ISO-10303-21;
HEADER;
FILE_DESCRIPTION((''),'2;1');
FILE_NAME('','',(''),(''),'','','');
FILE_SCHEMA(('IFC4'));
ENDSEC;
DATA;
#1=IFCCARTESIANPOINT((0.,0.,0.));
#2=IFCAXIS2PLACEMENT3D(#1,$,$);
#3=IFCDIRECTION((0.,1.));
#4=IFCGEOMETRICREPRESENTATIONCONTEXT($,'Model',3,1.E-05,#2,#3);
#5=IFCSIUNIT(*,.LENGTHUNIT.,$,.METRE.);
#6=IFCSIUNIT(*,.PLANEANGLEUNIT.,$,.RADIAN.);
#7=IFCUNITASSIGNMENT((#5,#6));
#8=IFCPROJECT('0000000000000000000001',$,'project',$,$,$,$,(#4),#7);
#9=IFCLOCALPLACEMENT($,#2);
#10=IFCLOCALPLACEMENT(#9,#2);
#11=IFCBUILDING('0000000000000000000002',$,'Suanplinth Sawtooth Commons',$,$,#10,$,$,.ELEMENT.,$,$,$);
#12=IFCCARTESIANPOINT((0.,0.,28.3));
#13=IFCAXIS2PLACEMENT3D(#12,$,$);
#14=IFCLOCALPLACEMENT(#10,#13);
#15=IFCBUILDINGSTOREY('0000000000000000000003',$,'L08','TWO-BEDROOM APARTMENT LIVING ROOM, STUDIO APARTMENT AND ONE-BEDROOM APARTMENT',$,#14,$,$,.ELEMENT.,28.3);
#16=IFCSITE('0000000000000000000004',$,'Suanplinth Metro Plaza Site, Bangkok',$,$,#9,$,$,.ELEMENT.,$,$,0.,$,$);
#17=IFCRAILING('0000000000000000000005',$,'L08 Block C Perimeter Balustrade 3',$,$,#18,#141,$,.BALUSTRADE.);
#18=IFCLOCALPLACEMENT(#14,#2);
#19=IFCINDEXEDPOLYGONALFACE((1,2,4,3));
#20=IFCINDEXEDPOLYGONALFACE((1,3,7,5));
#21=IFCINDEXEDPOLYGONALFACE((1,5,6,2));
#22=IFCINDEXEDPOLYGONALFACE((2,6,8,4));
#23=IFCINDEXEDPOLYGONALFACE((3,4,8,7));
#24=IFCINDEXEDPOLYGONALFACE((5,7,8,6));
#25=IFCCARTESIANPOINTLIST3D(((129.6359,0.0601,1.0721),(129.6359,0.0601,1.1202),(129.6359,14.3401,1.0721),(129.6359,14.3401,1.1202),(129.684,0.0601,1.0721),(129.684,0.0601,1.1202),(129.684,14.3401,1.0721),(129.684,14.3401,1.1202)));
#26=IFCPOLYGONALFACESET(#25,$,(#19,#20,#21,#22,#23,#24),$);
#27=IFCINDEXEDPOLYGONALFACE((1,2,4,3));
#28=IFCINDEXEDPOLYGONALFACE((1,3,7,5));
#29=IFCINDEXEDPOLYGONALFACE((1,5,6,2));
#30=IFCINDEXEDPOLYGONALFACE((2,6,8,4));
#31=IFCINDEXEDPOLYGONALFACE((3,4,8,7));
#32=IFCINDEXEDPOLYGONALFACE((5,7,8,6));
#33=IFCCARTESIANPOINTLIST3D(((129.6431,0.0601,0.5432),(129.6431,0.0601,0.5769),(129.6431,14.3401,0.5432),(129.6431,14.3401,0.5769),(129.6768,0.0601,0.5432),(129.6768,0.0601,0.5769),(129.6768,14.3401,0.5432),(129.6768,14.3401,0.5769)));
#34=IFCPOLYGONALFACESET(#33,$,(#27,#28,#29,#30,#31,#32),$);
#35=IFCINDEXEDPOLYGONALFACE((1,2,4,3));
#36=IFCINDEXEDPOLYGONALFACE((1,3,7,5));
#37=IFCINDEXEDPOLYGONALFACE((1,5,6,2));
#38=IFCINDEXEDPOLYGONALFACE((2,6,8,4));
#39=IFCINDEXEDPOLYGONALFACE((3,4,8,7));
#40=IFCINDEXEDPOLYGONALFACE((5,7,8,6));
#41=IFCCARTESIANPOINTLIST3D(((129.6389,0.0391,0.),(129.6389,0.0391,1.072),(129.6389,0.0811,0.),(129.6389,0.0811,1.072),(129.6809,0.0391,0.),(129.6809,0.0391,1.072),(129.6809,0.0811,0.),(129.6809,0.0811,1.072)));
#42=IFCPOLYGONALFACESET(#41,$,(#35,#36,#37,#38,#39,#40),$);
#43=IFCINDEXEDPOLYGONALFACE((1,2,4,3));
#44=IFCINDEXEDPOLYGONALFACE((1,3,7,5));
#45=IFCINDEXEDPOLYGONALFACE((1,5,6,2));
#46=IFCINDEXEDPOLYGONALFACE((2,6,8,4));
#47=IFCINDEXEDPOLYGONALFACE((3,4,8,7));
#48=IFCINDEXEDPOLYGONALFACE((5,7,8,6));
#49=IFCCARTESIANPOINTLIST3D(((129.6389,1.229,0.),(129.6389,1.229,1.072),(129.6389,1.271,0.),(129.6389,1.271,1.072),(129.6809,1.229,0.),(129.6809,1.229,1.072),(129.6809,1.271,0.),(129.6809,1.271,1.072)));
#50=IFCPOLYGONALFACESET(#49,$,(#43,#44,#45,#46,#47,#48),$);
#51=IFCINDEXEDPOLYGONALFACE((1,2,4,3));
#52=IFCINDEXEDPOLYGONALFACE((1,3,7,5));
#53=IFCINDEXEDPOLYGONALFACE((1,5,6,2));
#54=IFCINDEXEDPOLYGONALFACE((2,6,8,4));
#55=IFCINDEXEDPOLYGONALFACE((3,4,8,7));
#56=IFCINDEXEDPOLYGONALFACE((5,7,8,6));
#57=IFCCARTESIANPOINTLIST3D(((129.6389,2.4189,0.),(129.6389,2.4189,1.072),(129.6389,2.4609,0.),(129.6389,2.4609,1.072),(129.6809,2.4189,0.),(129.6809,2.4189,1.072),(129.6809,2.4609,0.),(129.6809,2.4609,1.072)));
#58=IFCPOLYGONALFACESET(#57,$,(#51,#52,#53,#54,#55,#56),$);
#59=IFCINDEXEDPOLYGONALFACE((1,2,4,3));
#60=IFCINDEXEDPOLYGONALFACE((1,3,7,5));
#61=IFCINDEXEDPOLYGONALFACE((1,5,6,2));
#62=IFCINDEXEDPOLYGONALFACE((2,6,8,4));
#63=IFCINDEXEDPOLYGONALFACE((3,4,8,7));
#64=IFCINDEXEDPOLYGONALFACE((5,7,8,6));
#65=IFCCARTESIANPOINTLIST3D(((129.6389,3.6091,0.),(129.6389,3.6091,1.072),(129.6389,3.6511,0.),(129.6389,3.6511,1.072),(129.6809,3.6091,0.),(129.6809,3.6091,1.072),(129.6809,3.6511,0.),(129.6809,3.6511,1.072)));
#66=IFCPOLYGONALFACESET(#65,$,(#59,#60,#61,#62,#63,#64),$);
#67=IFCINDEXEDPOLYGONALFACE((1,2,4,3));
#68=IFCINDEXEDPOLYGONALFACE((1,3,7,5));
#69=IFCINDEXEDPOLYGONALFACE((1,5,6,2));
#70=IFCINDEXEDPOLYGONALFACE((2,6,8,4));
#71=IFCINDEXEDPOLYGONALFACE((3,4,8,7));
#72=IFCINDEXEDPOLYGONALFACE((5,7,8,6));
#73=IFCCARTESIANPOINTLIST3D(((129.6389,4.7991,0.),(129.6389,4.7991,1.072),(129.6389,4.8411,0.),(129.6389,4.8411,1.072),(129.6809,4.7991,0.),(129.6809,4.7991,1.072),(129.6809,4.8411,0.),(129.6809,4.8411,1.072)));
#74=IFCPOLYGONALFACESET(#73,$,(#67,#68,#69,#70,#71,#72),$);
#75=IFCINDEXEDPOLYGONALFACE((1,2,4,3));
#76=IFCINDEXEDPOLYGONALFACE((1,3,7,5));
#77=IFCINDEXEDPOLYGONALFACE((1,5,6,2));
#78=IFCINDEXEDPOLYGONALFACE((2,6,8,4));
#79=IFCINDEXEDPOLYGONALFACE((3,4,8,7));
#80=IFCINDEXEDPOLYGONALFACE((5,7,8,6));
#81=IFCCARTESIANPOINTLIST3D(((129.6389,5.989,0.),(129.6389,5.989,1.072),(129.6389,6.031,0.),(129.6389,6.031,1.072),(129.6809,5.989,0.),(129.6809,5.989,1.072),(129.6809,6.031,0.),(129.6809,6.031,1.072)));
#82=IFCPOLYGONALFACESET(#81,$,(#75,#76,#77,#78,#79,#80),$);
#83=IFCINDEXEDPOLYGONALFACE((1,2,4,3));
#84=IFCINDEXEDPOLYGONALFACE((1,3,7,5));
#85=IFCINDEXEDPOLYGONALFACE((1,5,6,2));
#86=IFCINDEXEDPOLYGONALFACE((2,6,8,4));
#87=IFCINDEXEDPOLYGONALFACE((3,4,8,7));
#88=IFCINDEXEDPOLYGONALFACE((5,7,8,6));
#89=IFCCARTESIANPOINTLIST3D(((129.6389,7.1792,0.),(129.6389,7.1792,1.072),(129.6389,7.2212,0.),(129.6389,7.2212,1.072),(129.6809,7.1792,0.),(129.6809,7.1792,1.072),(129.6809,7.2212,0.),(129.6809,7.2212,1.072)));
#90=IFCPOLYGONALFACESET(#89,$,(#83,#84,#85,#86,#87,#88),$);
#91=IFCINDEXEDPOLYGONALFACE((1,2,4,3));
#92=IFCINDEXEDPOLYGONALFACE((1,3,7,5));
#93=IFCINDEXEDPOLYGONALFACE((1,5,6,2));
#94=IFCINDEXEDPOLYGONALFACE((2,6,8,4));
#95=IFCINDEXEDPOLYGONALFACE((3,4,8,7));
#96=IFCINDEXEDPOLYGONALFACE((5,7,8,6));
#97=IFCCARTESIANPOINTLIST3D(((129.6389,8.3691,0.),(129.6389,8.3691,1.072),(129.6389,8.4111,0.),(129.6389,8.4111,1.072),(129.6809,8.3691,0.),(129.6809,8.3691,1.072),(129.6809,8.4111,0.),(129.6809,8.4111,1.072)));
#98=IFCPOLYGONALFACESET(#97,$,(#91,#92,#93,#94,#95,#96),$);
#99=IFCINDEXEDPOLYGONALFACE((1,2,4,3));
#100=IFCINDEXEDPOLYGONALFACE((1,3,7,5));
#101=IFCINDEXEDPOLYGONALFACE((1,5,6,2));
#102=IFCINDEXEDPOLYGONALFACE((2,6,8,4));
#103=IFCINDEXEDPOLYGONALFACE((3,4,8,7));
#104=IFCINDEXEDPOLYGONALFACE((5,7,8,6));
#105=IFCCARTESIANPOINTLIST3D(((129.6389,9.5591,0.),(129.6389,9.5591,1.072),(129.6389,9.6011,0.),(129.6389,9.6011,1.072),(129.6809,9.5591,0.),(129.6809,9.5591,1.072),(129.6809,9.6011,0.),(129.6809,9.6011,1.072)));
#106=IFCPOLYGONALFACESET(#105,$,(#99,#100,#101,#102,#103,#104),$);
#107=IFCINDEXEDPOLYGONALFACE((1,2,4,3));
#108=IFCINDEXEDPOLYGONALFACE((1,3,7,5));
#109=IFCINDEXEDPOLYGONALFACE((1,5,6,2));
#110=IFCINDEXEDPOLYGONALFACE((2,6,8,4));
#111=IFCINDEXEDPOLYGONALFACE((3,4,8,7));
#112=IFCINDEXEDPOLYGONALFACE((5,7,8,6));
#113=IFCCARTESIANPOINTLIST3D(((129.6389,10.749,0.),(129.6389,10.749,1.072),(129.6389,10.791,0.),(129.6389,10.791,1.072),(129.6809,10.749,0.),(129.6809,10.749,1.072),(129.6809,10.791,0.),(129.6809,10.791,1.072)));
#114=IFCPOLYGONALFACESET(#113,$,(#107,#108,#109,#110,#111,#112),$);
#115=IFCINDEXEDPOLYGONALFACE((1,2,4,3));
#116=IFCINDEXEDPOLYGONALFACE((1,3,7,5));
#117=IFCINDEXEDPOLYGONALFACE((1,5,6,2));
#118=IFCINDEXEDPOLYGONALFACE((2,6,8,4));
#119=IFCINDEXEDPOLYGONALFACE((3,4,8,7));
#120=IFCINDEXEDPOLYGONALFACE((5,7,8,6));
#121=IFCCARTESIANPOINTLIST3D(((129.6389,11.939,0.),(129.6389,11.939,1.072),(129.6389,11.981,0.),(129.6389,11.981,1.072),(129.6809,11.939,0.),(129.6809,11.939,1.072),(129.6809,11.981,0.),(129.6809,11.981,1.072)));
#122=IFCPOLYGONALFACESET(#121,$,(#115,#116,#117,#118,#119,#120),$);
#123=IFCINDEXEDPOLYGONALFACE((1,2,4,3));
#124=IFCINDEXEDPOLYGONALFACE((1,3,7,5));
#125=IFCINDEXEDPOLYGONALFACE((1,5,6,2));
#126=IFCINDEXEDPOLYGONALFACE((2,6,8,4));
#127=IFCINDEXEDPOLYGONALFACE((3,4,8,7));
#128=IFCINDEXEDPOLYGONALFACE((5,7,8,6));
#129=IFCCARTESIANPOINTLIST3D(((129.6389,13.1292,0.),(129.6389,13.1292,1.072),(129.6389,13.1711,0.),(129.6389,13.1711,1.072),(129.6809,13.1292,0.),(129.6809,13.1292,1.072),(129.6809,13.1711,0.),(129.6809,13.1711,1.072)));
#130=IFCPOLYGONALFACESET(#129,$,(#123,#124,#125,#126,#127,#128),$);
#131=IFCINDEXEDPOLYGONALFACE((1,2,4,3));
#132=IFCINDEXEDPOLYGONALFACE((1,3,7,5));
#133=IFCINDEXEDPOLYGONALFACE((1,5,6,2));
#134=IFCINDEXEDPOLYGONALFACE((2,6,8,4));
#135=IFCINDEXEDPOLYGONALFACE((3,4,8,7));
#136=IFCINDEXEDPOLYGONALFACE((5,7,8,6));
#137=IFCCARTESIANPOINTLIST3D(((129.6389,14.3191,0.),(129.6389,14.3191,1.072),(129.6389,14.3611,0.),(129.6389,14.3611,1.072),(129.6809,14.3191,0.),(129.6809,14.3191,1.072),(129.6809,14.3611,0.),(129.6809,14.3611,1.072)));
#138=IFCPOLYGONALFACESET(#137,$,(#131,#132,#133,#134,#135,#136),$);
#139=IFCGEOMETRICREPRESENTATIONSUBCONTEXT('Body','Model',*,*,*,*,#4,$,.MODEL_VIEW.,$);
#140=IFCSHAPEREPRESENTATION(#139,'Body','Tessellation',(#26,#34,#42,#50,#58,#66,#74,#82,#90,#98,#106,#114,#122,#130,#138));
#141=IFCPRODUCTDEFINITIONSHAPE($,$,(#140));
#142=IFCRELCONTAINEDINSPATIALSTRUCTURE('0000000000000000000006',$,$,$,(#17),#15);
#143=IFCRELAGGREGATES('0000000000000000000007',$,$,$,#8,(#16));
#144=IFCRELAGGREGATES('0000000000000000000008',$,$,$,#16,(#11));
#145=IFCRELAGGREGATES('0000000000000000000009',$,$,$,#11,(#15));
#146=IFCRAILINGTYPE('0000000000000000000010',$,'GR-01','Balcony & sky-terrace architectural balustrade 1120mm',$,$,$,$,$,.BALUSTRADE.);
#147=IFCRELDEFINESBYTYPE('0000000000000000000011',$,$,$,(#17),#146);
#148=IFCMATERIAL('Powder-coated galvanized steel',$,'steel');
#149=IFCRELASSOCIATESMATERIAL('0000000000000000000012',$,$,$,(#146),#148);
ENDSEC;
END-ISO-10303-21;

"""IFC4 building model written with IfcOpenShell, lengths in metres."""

from ifc_helpers import new_model, si_unit, direction, frame, origin, origin_2d, place, context, subcontext, project, spatial, rectangle, extrude, material, type_object, element, save


model = new_model("IFC4")

# Units and contexts
model_context = context("Model", 3, precision=1e-05, world=origin(), true_north=direction((0.0, 1.0)))
body_context = subcontext(model_context, "Body", "Model", "MODEL_VIEW")
ifc_project = project(units=[si_unit("LENGTHUNIT", "METRE"), si_unit("PLANEANGLEUNIT", "RADIAN")], contexts=[model_context])

# Site, building, storey
site_placement = place(None, origin())
site = spatial("IfcSite", under=ifc_project, at=site_placement, Name="Suanplinth Metro Plaza Site, Bangkok", CompositionType="ELEMENT", RefElevation=0.0)
building_placement = place(site_placement, origin())
building = spatial("IfcBuilding", under=site, at=building_placement, Name="Suanplinth Sawtooth Commons", CompositionType="ELEMENT")
storey_placement = place(building_placement, frame((0.0, 0.0, 28.3)))
storey = spatial("IfcBuildingStorey", under=building, at=storey_placement, Name="L08", Description="TWO-BEDROOM APARTMENT LIVING ROOM, STUDIO APARTMENT AND ONE-BEDROOM APARTMENT", CompositionType="ELEMENT", Elevation=28.3)

# Railing
ifc_material_1 = material(Name="Powder-coated galvanized steel", Category="steel")
railing_type = type_object("IfcRailingType", Name="GR-01", Description="Balcony & sky-terrace architectural balustrade 1120mm", PredefinedType="BALUSTRADE", material=ifc_material_1)
railing_1_placement = place(storey_placement, frame((129.6599, 0.0601, 0.0)))
element("IfcRailing", 1, at=railing_1_placement, inside=storey, type_object=railing_type, Name="L08 Block C Perimeter Balustrade 3", PredefinedType="BALUSTRADE", context=body_context, shape_type="SweptSolid", body=[
    extrude(rectangle(XDim=0.0481, YDim=0.0481, at=origin_2d()), frame((0.0, 0.0, 1.0962), z_axis=(0.0, 1.0, 0.0), x_axis=(-1.0, 0.0, 0.0)), (0.0, 0.0, 1.0), 14.28),
    extrude(rectangle(XDim=0.0337, YDim=0.0337, at=origin_2d()), frame((0.0, 0.0, 0.5601), z_axis=(0.0, 1.0, 0.0), x_axis=(-1.0, 0.0, 0.0)), (0.0, 0.0, 1.0), 14.28),
    extrude(rectangle(XDim=0.042, YDim=0.042, at=origin_2d()), origin(), (0.0, 0.0, 1.0), 1.072),
    extrude(rectangle(XDim=0.042, YDim=0.042, at=origin_2d()), frame((0.0, 1.1899, 0.0)), (0.0, 0.0, 1.0), 1.072),
    extrude(rectangle(XDim=0.042, YDim=0.042, at=origin_2d()), frame((0.0, 2.3799, 0.0)), (0.0, 0.0, 1.0), 1.072),
    extrude(rectangle(XDim=0.042, YDim=0.042, at=origin_2d()), frame((0.0, 3.5701, 0.0)), (0.0, 0.0, 1.0), 1.072),
    extrude(rectangle(XDim=0.042, YDim=0.042, at=origin_2d()), frame((0.0, 4.76, 0.0)), (0.0, 0.0, 1.0), 1.072),
    extrude(rectangle(XDim=0.042, YDim=0.042, at=origin_2d()), frame((0.0, 5.95, 0.0)), (0.0, 0.0, 1.0), 1.072),
    extrude(rectangle(XDim=0.042, YDim=0.042, at=origin_2d()), frame((0.0, 7.1401, 0.0)), (0.0, 0.0, 1.0), 1.072),
    extrude(rectangle(XDim=0.042, YDim=0.042, at=origin_2d()), frame((0.0, 8.3301, 0.0)), (0.0, 0.0, 1.0), 1.072),
    extrude(rectangle(XDim=0.042, YDim=0.042, at=origin_2d()), frame((0.0, 9.52, 0.0)), (0.0, 0.0, 1.0), 1.072),
    extrude(rectangle(XDim=0.042, YDim=0.042, at=origin_2d()), frame((0.0, 10.71, 0.0)), (0.0, 0.0, 1.0), 1.072),
    extrude(rectangle(XDim=0.042, YDim=0.042, at=origin_2d()), frame((0.0, 11.8999, 0.0)), (0.0, 0.0, 1.0), 1.072),
    extrude(rectangle(XDim=0.042, YDim=0.042, at=origin_2d()), frame((0.0, 13.0901, 0.0)), (0.0, 0.0, 1.0), 1.072),
    extrude(rectangle(XDim=0.042, YDim=0.042, at=origin_2d()), frame((0.0, 14.28, 0.0)), (0.0, 0.0, 1.0), 1.072),
])

save(model, "model.ifc")
